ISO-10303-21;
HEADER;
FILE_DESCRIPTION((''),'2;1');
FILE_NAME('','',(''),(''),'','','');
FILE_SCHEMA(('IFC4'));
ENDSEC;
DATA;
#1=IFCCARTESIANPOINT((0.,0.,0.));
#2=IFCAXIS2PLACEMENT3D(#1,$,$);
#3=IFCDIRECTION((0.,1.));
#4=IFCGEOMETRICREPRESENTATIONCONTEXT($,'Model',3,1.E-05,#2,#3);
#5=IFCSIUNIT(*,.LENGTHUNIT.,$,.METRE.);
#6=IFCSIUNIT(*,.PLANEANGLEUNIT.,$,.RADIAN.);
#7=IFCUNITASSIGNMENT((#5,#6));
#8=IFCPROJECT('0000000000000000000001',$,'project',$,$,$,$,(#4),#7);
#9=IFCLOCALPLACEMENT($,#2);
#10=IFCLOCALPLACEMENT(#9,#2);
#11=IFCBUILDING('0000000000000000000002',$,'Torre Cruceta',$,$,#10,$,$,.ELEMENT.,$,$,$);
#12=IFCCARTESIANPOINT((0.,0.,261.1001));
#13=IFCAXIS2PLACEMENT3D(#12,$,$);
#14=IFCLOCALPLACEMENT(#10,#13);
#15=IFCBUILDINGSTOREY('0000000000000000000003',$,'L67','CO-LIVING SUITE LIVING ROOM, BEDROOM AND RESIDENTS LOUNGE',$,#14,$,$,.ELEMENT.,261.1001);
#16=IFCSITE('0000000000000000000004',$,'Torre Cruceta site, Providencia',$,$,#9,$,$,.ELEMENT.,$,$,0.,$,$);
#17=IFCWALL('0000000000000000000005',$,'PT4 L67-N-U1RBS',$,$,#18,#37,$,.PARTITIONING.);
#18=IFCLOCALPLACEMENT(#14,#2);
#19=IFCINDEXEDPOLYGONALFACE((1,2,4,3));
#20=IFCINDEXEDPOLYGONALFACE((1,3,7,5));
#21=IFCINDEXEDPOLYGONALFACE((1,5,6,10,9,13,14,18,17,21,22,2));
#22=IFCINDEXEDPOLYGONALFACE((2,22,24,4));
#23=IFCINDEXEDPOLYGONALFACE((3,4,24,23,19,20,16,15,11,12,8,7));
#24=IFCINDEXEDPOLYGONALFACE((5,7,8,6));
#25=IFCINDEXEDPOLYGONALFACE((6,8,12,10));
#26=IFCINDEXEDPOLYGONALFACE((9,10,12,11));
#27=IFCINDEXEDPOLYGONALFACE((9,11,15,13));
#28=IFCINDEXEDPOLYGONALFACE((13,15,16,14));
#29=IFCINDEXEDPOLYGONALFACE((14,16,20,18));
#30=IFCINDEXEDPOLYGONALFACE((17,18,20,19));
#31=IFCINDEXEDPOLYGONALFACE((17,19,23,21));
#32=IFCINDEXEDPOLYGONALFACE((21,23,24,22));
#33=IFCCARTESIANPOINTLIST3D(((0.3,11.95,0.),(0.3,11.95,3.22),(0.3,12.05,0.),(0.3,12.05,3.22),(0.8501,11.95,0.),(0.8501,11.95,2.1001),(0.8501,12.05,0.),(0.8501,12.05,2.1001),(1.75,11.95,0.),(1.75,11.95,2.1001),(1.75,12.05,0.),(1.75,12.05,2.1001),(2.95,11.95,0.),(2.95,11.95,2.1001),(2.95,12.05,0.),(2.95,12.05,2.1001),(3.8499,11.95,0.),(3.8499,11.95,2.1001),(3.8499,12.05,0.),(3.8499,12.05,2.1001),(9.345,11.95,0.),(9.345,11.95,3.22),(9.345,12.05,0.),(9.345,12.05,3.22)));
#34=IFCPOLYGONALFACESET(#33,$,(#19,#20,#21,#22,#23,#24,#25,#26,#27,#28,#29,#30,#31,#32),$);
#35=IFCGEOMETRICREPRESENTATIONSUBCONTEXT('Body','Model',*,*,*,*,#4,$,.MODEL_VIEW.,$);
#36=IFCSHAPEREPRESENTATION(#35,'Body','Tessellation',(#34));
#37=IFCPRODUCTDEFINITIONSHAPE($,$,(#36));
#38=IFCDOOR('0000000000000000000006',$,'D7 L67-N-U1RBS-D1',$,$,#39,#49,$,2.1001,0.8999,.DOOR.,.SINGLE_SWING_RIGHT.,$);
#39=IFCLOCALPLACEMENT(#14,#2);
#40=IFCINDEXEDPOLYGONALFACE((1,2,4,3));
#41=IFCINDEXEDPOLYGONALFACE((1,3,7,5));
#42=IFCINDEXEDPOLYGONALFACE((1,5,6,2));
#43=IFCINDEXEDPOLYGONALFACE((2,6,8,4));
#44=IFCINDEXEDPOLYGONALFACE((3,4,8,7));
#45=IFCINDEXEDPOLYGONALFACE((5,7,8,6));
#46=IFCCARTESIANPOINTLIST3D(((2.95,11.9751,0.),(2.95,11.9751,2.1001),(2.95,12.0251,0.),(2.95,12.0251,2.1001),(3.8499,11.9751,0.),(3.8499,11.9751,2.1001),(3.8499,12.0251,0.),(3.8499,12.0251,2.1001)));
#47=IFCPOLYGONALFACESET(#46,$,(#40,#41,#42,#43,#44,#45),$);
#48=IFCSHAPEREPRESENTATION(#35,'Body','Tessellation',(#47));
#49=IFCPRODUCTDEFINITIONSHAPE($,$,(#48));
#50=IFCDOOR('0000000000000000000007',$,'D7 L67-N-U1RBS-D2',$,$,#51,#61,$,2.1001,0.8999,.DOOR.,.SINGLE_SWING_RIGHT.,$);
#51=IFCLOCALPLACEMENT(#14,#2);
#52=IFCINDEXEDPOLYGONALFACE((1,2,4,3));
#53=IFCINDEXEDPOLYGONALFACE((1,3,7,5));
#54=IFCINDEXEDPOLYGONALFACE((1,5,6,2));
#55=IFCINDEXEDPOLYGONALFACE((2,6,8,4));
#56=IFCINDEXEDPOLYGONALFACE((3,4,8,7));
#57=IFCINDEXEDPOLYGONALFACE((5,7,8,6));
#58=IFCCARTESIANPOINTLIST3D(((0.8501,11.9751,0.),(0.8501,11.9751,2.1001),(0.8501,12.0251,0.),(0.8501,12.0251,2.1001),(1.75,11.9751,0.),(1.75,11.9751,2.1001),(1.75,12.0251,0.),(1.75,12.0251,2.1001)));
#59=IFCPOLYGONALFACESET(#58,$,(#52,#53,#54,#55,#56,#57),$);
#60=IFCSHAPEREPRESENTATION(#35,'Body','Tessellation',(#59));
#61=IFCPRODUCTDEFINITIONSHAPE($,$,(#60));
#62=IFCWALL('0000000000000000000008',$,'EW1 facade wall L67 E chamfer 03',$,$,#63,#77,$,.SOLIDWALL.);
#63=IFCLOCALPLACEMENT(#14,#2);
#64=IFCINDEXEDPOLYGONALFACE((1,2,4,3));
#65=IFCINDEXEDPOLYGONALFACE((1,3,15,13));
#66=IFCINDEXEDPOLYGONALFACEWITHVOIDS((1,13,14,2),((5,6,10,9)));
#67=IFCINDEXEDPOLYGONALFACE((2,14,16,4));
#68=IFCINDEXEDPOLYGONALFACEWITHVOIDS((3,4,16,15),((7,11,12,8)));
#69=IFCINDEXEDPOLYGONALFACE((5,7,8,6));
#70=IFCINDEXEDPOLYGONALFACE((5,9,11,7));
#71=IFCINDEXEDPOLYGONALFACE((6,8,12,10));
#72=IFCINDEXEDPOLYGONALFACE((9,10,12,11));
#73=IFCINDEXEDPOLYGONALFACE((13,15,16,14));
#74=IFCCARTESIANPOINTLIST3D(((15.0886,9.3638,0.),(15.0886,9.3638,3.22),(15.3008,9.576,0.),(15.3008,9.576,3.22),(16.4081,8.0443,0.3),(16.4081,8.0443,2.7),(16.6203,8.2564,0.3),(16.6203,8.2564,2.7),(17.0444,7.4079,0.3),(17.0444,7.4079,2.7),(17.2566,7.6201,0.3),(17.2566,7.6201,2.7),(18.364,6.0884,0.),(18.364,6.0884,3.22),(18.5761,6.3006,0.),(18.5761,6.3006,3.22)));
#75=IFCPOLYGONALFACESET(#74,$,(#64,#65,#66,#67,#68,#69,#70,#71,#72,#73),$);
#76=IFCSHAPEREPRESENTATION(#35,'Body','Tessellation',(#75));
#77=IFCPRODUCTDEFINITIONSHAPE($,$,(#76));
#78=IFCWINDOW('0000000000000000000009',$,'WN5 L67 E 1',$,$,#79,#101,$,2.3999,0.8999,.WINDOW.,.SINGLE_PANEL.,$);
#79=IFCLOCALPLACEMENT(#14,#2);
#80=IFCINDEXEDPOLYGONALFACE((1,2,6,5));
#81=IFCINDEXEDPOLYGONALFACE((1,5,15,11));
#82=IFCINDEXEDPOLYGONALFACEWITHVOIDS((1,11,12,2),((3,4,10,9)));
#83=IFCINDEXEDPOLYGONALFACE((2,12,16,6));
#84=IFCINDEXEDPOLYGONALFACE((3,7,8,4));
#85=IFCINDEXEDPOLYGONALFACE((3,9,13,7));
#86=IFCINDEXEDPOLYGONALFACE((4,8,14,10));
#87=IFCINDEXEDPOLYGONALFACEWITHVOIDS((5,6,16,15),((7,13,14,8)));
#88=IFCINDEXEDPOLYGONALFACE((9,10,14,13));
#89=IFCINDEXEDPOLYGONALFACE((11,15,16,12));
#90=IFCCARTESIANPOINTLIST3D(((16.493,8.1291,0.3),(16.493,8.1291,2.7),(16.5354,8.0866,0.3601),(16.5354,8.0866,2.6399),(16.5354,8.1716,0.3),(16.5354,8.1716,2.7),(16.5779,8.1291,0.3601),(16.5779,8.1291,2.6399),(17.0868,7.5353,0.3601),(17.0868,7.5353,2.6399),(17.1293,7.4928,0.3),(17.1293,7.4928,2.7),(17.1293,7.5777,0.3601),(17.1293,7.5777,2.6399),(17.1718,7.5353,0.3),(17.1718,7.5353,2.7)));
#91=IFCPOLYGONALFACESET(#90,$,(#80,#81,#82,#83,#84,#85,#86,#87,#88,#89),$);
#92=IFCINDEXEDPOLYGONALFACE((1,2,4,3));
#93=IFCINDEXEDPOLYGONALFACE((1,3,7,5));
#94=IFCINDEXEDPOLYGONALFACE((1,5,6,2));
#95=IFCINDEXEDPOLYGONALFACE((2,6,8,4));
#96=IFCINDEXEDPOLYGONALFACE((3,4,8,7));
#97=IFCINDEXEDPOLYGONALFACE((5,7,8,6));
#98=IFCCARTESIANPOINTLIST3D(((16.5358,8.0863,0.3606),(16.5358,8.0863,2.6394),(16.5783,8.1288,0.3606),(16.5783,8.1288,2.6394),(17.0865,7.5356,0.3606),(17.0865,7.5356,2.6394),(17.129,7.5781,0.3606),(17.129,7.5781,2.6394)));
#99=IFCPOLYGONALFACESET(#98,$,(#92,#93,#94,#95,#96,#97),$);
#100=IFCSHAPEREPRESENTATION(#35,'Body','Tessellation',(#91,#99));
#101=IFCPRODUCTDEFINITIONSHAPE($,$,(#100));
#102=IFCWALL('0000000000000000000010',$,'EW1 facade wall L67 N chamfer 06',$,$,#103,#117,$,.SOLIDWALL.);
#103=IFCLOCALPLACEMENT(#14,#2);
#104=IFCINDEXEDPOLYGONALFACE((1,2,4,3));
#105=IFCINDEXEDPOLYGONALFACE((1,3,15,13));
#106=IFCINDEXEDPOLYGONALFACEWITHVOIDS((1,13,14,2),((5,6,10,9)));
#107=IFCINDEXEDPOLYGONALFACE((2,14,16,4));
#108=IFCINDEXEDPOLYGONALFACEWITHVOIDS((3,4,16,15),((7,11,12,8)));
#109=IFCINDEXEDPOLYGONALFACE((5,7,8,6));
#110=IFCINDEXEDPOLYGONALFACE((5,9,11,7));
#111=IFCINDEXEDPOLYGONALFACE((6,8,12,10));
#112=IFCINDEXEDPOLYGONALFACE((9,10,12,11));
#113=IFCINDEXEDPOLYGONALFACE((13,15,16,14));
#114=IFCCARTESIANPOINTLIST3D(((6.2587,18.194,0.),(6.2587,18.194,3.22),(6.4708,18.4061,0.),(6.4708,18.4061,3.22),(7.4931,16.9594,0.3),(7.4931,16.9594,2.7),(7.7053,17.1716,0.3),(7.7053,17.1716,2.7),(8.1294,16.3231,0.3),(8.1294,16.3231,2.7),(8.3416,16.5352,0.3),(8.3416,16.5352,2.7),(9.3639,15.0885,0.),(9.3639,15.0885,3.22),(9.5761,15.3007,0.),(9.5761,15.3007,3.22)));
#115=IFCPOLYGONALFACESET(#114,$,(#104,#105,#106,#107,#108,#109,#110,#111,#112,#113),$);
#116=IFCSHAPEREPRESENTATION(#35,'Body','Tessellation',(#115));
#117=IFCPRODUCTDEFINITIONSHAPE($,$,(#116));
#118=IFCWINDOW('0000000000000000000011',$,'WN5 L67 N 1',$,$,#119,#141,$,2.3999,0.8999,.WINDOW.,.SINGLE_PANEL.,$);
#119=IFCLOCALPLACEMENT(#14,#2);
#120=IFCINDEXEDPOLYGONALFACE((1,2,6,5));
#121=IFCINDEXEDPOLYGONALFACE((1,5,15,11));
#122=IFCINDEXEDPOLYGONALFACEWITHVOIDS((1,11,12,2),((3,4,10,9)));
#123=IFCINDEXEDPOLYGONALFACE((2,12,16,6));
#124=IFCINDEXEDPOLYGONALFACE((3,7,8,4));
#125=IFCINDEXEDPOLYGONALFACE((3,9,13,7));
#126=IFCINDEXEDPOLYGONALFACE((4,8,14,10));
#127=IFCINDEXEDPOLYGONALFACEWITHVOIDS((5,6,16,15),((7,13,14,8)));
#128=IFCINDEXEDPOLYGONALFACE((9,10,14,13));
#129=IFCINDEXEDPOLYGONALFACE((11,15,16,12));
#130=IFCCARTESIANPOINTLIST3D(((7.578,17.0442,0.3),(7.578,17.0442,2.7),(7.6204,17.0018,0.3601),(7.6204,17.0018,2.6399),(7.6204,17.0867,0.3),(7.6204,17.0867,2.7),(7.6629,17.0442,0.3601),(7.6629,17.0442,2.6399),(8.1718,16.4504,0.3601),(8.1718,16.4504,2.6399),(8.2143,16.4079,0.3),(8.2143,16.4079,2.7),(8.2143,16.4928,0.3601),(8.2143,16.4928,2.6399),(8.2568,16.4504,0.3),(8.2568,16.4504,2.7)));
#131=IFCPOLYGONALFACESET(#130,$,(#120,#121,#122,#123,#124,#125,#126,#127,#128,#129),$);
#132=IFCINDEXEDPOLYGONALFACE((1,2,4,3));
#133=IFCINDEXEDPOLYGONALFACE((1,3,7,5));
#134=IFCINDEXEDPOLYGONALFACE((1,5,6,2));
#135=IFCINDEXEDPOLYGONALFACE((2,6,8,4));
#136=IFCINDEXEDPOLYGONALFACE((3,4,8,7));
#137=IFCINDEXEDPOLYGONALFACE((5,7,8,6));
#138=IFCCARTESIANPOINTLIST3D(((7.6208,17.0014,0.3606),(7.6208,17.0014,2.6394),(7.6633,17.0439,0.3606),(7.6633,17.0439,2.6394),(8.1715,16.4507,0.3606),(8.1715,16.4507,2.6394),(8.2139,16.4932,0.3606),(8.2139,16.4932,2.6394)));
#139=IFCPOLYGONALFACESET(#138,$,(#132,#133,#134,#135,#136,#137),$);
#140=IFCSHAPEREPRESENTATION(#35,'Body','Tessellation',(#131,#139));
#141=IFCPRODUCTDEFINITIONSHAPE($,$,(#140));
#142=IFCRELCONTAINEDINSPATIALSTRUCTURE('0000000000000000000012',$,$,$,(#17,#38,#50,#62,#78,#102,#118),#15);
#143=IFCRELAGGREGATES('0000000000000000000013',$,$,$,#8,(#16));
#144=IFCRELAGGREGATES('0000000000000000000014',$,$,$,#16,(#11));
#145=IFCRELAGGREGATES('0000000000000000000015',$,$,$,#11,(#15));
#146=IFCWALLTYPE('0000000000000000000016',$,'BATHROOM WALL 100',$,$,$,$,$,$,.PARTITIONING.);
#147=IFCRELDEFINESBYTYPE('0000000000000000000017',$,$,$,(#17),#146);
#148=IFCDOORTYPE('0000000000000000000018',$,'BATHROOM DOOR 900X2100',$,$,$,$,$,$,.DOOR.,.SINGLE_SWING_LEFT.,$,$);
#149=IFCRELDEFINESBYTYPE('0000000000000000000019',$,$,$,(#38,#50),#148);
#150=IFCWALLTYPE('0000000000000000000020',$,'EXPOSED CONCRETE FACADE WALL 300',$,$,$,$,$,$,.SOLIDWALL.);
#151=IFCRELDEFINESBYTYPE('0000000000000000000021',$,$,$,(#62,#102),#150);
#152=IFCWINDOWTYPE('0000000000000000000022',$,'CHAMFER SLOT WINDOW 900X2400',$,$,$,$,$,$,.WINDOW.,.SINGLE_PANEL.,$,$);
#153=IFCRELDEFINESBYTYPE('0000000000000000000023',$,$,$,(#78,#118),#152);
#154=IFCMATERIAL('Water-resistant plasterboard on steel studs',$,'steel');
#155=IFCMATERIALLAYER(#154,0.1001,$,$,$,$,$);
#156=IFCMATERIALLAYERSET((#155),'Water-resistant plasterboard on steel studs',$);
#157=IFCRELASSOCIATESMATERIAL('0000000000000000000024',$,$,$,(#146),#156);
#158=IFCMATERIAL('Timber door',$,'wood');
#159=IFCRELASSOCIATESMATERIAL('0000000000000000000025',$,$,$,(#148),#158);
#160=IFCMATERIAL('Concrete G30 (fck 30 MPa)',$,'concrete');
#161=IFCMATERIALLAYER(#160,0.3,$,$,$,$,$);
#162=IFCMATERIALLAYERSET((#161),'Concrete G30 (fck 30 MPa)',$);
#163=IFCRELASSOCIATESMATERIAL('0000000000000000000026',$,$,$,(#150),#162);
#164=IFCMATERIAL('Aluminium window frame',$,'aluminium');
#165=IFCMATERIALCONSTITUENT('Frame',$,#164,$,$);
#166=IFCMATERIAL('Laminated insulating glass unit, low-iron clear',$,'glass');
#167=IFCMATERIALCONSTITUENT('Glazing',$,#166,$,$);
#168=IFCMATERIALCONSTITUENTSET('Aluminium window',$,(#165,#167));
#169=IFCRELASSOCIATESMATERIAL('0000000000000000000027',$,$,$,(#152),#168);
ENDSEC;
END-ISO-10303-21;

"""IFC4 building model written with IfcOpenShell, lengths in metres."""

from ifc_helpers import new_model, si_unit, direction, frame, frame_2d, origin, place, context, subcontext, project, spatial, rectangle, hollow_rectangle, extrude, material, layer, layer_set, constituent, constituent_set, type_object, element, fill, save


model = new_model("IFC4")

# Units and contexts
model_context = context("Model", 3, precision=1e-05, world=origin(), true_north=direction((0.0, 1.0)))
body_context = subcontext(model_context, "Body", "Model", "MODEL_VIEW")
ifc_project = project(units=[si_unit("LENGTHUNIT", "METRE"), si_unit("PLANEANGLEUNIT", "RADIAN")], contexts=[model_context])

# Site, building, storey
site_placement = place(None, origin())
site = spatial("IfcSite", under=ifc_project, at=site_placement, Name="Torre Cruceta site, Providencia", CompositionType="ELEMENT", RefElevation=0.0)
building_placement = place(site_placement, origin())
building = spatial("IfcBuilding", under=site, at=building_placement, Name="Torre Cruceta", CompositionType="ELEMENT")
storey_placement = place(building_placement, frame((0.0, 0.0, 261.1001)))
storey = spatial("IfcBuildingStorey", under=building, at=storey_placement, Name="L67", Description="CO-LIVING SUITE LIVING ROOM, BEDROOM AND RESIDENTS LOUNGE", CompositionType="ELEMENT", Elevation=261.1001)

# Wall, openings, doors
ifc_material_1 = material(Name="Water-resistant plasterboard on steel studs", Category="steel")
ifc_layer_1 = layer(ifc_material_1, 0.1001)
ifc_layer_set_1 = layer_set([ifc_layer_1], Name="Water-resistant plasterboard on steel studs")
wall_type_1 = type_object("IfcWallType", Name="BATHROOM WALL 100", PredefinedType="PARTITIONING", material=ifc_layer_set_1)
wall_1_placement = place(storey_placement, frame((9.345, 12.0, 0.0), z_axis=(0.0, 0.0, 1.0), x_axis=(-1.0, 0.0, 0.0)))
wall_1 = element("IfcWall", 1, at=wall_1_placement, inside=storey, type_object=wall_type_1, Name="PT4 L67-N-U1RBS", PredefinedType="PARTITIONING", context=body_context, shape_type="SweptSolid", body=[
    extrude(rectangle(XDim=9.0449, YDim=0.1001, at=frame_2d((4.5225, 0.0))), origin(), (0.0, 0.0, 1.0), 3.22),
])
opening_1_placement = place(wall_1_placement, frame((5.4951, 0.0, 0.0)))
opening_1 = element("IfcOpeningElement", 2, at=opening_1_placement, cuts=wall_1, PredefinedType="OPENING", context=body_context, shape_type="SweptSolid", body=[
    extrude(rectangle(XDim=0.8999, YDim=2.1001, at=frame_2d((0.45, 1.05))), frame((0.0, 0.0601, 0.0), z_axis=(0.0, -1.0, 0.0), x_axis=(1.0, 0.0, 0.0)), (0.0, 0.0, 1.0), 0.1201),
])
opening_2_placement = place(wall_1_placement, frame((7.595, 0.0, 0.0)))
opening_2 = element("IfcOpeningElement", 3, at=opening_2_placement, cuts=wall_1, PredefinedType="OPENING", context=body_context, shape_type="SweptSolid", body=[
    extrude(rectangle(XDim=0.8999, YDim=2.1001, at=frame_2d((0.45, 1.05))), frame((0.0, 0.0601, 0.0), z_axis=(0.0, -1.0, 0.0), x_axis=(1.0, 0.0, 0.0)), (0.0, 0.0, 1.0), 0.1201),
])
ifc_material_2 = material(Name="Timber door", Category="wood")
door_type_1 = type_object("IfcDoorType", Name="BATHROOM DOOR 900X2100", OperationType="SINGLE_SWING_LEFT", PredefinedType="DOOR", material=ifc_material_2)
door_1_placement = place(opening_1_placement, origin())
door_1 = element("IfcDoor", 4, at=door_1_placement, inside=storey, type_object=door_type_1, Name="D7 L67-N-U1RBS-D1", OperationType="SINGLE_SWING_RIGHT", OverallHeight=2.1001, OverallWidth=0.8999, PredefinedType="DOOR", context=body_context, shape_type="SweptSolid", body=[
    extrude(rectangle(XDim=0.8999, YDim=2.1001, at=frame_2d((0.45, 1.05))), frame((0.0, 0.0249, 0.0), z_axis=(0.0, -1.0, 0.0), x_axis=(1.0, 0.0, 0.0)), (0.0, 0.0, 1.0), 0.05),
])
fill(opening_1, door_1)
door_2_placement = place(opening_2_placement, origin())
door_2 = element("IfcDoor", 5, at=door_2_placement, inside=storey, type_object=door_type_1, Name="D7 L67-N-U1RBS-D2", OperationType="SINGLE_SWING_RIGHT", OverallHeight=2.1001, OverallWidth=0.8999, PredefinedType="DOOR", context=body_context, shape_type="SweptSolid", body=[
    extrude(rectangle(XDim=0.8999, YDim=2.1001, at=frame_2d((0.45, 1.05))), frame((0.0, 0.0249, 0.0), z_axis=(0.0, -1.0, 0.0), x_axis=(1.0, 0.0, 0.0)), (0.0, 0.0, 1.0), 0.05),
])
fill(opening_2, door_2)

# Walls, openings, windows
ifc_material_3 = material(Name="Concrete G30 (fck 30 MPa)", Category="concrete")
ifc_layer_2 = layer(ifc_material_3, 0.3)
ifc_layer_set_2 = layer_set([ifc_layer_2], Name="Concrete G30 (fck 30 MPa)")
wall_type_2 = type_object("IfcWallType", Name="EXPOSED CONCRETE FACADE WALL 300", PredefinedType="SOLIDWALL", material=ifc_layer_set_2)
wall_2_placement = place(storey_placement, frame((18.47, 6.1946, 0.0), z_axis=(0.0, 0.0, 1.0), x_axis=(-0.707107, 0.707107, 0.0)))
wall_2 = element("IfcWall", 6, at=wall_2_placement, inside=storey, type_object=wall_type_2, Name="EW1 facade wall L67 E chamfer 03", PredefinedType="SOLIDWALL", context=body_context, shape_type="SweptSolid", body=[
    extrude(rectangle(XDim=4.6321, YDim=0.3, at=frame_2d((2.3159, 0.0))), origin(), (0.0, 0.0, 1.0), 3.22),
])
opening_3_placement = place(wall_2_placement, frame((1.866, 0.0, 0.3)))
opening_3 = element("IfcOpeningElement", 7, at=opening_3_placement, cuts=wall_2, PredefinedType="OPENING", context=body_context, shape_type="SweptSolid", body=[
    extrude(rectangle(XDim=0.8999, YDim=2.3999, at=frame_2d((0.45, 1.2))), frame((0.0, 0.1599, 0.0), z_axis=(0.0, -1.0, 0.0), x_axis=(1.0, 0.0, 0.0)), (0.0, 0.0, 1.0), 0.3201),
])
ifc_material_4 = material(Name="Aluminium window frame", Category="aluminium")
ifc_constituent_1 = constituent(ifc_material_4, Name="Frame")
ifc_material_5 = material(Name="Laminated insulating glass unit, low-iron clear", Category="glass")
ifc_constituent_2 = constituent(ifc_material_5, Name="Glazing")
ifc_constituent_set_1 = constituent_set(constituents=[ifc_constituent_1, ifc_constituent_2], Name="Aluminium window")
window_type = type_object("IfcWindowType", Name="CHAMFER SLOT WINDOW 900X2400", PartitioningType="SINGLE_PANEL", PredefinedType="WINDOW", material=ifc_constituent_set_1)
window_1_placement = place(opening_3_placement, origin())
window_1 = element("IfcWindow", 8, at=window_1_placement, inside=storey, type_object=window_type, Name="WN5 L67 E 1", OverallHeight=2.3999, OverallWidth=0.8999, PartitioningType="SINGLE_PANEL", PredefinedType="WINDOW", context=body_context, shape_type="SweptSolid", body=[
    extrude(hollow_rectangle(XDim=0.8999, YDim=2.3999, WallThickness=0.0601, at=frame_2d((0.45, 1.2))), frame((0.0, 0.03, 0.0), z_axis=(0.0, -1.0, 0.0), x_axis=(1.0, 0.0, 0.0)), (0.0, 0.0, 1.0), 0.0601),
    extrude(rectangle(XDim=0.7788, YDim=2.2788, at=frame_2d((0.45, 1.2))), frame((0.0, 0.03, 0.0), z_axis=(0.0, -1.0, 0.0), x_axis=(1.0, 0.0, 0.0)), (0.0, 0.0, 1.0), 0.0601),
])
fill(opening_3, window_1)
wall_3_placement = place(storey_placement, frame((9.47, 15.1946, 0.0), z_axis=(0.0, 0.0, 1.0), x_axis=(-0.707079, 0.707135, 0.0)))
wall_3 = element("IfcWall", 9, at=wall_3_placement, inside=storey, type_object=wall_type_2, Name="EW1 facade wall L67 N chamfer 06", PredefinedType="SOLIDWALL", context=body_context, shape_type="SweptSolid", body=[
    extrude(rectangle(XDim=4.3916, YDim=0.3, at=frame_2d((2.1958, 0.0))), origin(), (0.0, 0.0, 1.0), 3.22),
])
opening_4_placement = place(wall_3_placement, frame((1.7458, 0.0, 0.3)))
opening_4 = element("IfcOpeningElement", 10, at=opening_4_placement, cuts=wall_3, PredefinedType="OPENING", context=body_context, shape_type="SweptSolid", body=[
    extrude(rectangle(XDim=0.8999, YDim=2.3999, at=frame_2d((0.45, 1.2))), frame((0.0, 0.1599, 0.0), z_axis=(0.0, -1.0, 0.0), x_axis=(1.0, 0.0, 0.0)), (0.0, 0.0, 1.0), 0.3201),
])
window_2_placement = place(opening_4_placement, origin())
window_2 = element("IfcWindow", 11, at=window_2_placement, inside=storey, type_object=window_type, Name="WN5 L67 N 1", OverallHeight=2.3999, OverallWidth=0.8999, PartitioningType="SINGLE_PANEL", PredefinedType="WINDOW", context=body_context, shape_type="SweptSolid", body=[
    extrude(hollow_rectangle(XDim=0.8999, YDim=2.3999, WallThickness=0.0601, at=frame_2d((0.45, 1.2))), frame((0.0, 0.03, 0.0), z_axis=(0.0, -1.0, 0.0), x_axis=(1.0, 0.0, 0.0)), (0.0, 0.0, 1.0), 0.0601),
    extrude(rectangle(XDim=0.7788, YDim=2.2788, at=frame_2d((0.45, 1.2))), frame((0.0, 0.03, 0.0), z_axis=(0.0, -1.0, 0.0), x_axis=(1.0, 0.0, 0.0)), (0.0, 0.0, 1.0), 0.0601),
])
fill(opening_4, window_2)

save(model, "model.ifc")
